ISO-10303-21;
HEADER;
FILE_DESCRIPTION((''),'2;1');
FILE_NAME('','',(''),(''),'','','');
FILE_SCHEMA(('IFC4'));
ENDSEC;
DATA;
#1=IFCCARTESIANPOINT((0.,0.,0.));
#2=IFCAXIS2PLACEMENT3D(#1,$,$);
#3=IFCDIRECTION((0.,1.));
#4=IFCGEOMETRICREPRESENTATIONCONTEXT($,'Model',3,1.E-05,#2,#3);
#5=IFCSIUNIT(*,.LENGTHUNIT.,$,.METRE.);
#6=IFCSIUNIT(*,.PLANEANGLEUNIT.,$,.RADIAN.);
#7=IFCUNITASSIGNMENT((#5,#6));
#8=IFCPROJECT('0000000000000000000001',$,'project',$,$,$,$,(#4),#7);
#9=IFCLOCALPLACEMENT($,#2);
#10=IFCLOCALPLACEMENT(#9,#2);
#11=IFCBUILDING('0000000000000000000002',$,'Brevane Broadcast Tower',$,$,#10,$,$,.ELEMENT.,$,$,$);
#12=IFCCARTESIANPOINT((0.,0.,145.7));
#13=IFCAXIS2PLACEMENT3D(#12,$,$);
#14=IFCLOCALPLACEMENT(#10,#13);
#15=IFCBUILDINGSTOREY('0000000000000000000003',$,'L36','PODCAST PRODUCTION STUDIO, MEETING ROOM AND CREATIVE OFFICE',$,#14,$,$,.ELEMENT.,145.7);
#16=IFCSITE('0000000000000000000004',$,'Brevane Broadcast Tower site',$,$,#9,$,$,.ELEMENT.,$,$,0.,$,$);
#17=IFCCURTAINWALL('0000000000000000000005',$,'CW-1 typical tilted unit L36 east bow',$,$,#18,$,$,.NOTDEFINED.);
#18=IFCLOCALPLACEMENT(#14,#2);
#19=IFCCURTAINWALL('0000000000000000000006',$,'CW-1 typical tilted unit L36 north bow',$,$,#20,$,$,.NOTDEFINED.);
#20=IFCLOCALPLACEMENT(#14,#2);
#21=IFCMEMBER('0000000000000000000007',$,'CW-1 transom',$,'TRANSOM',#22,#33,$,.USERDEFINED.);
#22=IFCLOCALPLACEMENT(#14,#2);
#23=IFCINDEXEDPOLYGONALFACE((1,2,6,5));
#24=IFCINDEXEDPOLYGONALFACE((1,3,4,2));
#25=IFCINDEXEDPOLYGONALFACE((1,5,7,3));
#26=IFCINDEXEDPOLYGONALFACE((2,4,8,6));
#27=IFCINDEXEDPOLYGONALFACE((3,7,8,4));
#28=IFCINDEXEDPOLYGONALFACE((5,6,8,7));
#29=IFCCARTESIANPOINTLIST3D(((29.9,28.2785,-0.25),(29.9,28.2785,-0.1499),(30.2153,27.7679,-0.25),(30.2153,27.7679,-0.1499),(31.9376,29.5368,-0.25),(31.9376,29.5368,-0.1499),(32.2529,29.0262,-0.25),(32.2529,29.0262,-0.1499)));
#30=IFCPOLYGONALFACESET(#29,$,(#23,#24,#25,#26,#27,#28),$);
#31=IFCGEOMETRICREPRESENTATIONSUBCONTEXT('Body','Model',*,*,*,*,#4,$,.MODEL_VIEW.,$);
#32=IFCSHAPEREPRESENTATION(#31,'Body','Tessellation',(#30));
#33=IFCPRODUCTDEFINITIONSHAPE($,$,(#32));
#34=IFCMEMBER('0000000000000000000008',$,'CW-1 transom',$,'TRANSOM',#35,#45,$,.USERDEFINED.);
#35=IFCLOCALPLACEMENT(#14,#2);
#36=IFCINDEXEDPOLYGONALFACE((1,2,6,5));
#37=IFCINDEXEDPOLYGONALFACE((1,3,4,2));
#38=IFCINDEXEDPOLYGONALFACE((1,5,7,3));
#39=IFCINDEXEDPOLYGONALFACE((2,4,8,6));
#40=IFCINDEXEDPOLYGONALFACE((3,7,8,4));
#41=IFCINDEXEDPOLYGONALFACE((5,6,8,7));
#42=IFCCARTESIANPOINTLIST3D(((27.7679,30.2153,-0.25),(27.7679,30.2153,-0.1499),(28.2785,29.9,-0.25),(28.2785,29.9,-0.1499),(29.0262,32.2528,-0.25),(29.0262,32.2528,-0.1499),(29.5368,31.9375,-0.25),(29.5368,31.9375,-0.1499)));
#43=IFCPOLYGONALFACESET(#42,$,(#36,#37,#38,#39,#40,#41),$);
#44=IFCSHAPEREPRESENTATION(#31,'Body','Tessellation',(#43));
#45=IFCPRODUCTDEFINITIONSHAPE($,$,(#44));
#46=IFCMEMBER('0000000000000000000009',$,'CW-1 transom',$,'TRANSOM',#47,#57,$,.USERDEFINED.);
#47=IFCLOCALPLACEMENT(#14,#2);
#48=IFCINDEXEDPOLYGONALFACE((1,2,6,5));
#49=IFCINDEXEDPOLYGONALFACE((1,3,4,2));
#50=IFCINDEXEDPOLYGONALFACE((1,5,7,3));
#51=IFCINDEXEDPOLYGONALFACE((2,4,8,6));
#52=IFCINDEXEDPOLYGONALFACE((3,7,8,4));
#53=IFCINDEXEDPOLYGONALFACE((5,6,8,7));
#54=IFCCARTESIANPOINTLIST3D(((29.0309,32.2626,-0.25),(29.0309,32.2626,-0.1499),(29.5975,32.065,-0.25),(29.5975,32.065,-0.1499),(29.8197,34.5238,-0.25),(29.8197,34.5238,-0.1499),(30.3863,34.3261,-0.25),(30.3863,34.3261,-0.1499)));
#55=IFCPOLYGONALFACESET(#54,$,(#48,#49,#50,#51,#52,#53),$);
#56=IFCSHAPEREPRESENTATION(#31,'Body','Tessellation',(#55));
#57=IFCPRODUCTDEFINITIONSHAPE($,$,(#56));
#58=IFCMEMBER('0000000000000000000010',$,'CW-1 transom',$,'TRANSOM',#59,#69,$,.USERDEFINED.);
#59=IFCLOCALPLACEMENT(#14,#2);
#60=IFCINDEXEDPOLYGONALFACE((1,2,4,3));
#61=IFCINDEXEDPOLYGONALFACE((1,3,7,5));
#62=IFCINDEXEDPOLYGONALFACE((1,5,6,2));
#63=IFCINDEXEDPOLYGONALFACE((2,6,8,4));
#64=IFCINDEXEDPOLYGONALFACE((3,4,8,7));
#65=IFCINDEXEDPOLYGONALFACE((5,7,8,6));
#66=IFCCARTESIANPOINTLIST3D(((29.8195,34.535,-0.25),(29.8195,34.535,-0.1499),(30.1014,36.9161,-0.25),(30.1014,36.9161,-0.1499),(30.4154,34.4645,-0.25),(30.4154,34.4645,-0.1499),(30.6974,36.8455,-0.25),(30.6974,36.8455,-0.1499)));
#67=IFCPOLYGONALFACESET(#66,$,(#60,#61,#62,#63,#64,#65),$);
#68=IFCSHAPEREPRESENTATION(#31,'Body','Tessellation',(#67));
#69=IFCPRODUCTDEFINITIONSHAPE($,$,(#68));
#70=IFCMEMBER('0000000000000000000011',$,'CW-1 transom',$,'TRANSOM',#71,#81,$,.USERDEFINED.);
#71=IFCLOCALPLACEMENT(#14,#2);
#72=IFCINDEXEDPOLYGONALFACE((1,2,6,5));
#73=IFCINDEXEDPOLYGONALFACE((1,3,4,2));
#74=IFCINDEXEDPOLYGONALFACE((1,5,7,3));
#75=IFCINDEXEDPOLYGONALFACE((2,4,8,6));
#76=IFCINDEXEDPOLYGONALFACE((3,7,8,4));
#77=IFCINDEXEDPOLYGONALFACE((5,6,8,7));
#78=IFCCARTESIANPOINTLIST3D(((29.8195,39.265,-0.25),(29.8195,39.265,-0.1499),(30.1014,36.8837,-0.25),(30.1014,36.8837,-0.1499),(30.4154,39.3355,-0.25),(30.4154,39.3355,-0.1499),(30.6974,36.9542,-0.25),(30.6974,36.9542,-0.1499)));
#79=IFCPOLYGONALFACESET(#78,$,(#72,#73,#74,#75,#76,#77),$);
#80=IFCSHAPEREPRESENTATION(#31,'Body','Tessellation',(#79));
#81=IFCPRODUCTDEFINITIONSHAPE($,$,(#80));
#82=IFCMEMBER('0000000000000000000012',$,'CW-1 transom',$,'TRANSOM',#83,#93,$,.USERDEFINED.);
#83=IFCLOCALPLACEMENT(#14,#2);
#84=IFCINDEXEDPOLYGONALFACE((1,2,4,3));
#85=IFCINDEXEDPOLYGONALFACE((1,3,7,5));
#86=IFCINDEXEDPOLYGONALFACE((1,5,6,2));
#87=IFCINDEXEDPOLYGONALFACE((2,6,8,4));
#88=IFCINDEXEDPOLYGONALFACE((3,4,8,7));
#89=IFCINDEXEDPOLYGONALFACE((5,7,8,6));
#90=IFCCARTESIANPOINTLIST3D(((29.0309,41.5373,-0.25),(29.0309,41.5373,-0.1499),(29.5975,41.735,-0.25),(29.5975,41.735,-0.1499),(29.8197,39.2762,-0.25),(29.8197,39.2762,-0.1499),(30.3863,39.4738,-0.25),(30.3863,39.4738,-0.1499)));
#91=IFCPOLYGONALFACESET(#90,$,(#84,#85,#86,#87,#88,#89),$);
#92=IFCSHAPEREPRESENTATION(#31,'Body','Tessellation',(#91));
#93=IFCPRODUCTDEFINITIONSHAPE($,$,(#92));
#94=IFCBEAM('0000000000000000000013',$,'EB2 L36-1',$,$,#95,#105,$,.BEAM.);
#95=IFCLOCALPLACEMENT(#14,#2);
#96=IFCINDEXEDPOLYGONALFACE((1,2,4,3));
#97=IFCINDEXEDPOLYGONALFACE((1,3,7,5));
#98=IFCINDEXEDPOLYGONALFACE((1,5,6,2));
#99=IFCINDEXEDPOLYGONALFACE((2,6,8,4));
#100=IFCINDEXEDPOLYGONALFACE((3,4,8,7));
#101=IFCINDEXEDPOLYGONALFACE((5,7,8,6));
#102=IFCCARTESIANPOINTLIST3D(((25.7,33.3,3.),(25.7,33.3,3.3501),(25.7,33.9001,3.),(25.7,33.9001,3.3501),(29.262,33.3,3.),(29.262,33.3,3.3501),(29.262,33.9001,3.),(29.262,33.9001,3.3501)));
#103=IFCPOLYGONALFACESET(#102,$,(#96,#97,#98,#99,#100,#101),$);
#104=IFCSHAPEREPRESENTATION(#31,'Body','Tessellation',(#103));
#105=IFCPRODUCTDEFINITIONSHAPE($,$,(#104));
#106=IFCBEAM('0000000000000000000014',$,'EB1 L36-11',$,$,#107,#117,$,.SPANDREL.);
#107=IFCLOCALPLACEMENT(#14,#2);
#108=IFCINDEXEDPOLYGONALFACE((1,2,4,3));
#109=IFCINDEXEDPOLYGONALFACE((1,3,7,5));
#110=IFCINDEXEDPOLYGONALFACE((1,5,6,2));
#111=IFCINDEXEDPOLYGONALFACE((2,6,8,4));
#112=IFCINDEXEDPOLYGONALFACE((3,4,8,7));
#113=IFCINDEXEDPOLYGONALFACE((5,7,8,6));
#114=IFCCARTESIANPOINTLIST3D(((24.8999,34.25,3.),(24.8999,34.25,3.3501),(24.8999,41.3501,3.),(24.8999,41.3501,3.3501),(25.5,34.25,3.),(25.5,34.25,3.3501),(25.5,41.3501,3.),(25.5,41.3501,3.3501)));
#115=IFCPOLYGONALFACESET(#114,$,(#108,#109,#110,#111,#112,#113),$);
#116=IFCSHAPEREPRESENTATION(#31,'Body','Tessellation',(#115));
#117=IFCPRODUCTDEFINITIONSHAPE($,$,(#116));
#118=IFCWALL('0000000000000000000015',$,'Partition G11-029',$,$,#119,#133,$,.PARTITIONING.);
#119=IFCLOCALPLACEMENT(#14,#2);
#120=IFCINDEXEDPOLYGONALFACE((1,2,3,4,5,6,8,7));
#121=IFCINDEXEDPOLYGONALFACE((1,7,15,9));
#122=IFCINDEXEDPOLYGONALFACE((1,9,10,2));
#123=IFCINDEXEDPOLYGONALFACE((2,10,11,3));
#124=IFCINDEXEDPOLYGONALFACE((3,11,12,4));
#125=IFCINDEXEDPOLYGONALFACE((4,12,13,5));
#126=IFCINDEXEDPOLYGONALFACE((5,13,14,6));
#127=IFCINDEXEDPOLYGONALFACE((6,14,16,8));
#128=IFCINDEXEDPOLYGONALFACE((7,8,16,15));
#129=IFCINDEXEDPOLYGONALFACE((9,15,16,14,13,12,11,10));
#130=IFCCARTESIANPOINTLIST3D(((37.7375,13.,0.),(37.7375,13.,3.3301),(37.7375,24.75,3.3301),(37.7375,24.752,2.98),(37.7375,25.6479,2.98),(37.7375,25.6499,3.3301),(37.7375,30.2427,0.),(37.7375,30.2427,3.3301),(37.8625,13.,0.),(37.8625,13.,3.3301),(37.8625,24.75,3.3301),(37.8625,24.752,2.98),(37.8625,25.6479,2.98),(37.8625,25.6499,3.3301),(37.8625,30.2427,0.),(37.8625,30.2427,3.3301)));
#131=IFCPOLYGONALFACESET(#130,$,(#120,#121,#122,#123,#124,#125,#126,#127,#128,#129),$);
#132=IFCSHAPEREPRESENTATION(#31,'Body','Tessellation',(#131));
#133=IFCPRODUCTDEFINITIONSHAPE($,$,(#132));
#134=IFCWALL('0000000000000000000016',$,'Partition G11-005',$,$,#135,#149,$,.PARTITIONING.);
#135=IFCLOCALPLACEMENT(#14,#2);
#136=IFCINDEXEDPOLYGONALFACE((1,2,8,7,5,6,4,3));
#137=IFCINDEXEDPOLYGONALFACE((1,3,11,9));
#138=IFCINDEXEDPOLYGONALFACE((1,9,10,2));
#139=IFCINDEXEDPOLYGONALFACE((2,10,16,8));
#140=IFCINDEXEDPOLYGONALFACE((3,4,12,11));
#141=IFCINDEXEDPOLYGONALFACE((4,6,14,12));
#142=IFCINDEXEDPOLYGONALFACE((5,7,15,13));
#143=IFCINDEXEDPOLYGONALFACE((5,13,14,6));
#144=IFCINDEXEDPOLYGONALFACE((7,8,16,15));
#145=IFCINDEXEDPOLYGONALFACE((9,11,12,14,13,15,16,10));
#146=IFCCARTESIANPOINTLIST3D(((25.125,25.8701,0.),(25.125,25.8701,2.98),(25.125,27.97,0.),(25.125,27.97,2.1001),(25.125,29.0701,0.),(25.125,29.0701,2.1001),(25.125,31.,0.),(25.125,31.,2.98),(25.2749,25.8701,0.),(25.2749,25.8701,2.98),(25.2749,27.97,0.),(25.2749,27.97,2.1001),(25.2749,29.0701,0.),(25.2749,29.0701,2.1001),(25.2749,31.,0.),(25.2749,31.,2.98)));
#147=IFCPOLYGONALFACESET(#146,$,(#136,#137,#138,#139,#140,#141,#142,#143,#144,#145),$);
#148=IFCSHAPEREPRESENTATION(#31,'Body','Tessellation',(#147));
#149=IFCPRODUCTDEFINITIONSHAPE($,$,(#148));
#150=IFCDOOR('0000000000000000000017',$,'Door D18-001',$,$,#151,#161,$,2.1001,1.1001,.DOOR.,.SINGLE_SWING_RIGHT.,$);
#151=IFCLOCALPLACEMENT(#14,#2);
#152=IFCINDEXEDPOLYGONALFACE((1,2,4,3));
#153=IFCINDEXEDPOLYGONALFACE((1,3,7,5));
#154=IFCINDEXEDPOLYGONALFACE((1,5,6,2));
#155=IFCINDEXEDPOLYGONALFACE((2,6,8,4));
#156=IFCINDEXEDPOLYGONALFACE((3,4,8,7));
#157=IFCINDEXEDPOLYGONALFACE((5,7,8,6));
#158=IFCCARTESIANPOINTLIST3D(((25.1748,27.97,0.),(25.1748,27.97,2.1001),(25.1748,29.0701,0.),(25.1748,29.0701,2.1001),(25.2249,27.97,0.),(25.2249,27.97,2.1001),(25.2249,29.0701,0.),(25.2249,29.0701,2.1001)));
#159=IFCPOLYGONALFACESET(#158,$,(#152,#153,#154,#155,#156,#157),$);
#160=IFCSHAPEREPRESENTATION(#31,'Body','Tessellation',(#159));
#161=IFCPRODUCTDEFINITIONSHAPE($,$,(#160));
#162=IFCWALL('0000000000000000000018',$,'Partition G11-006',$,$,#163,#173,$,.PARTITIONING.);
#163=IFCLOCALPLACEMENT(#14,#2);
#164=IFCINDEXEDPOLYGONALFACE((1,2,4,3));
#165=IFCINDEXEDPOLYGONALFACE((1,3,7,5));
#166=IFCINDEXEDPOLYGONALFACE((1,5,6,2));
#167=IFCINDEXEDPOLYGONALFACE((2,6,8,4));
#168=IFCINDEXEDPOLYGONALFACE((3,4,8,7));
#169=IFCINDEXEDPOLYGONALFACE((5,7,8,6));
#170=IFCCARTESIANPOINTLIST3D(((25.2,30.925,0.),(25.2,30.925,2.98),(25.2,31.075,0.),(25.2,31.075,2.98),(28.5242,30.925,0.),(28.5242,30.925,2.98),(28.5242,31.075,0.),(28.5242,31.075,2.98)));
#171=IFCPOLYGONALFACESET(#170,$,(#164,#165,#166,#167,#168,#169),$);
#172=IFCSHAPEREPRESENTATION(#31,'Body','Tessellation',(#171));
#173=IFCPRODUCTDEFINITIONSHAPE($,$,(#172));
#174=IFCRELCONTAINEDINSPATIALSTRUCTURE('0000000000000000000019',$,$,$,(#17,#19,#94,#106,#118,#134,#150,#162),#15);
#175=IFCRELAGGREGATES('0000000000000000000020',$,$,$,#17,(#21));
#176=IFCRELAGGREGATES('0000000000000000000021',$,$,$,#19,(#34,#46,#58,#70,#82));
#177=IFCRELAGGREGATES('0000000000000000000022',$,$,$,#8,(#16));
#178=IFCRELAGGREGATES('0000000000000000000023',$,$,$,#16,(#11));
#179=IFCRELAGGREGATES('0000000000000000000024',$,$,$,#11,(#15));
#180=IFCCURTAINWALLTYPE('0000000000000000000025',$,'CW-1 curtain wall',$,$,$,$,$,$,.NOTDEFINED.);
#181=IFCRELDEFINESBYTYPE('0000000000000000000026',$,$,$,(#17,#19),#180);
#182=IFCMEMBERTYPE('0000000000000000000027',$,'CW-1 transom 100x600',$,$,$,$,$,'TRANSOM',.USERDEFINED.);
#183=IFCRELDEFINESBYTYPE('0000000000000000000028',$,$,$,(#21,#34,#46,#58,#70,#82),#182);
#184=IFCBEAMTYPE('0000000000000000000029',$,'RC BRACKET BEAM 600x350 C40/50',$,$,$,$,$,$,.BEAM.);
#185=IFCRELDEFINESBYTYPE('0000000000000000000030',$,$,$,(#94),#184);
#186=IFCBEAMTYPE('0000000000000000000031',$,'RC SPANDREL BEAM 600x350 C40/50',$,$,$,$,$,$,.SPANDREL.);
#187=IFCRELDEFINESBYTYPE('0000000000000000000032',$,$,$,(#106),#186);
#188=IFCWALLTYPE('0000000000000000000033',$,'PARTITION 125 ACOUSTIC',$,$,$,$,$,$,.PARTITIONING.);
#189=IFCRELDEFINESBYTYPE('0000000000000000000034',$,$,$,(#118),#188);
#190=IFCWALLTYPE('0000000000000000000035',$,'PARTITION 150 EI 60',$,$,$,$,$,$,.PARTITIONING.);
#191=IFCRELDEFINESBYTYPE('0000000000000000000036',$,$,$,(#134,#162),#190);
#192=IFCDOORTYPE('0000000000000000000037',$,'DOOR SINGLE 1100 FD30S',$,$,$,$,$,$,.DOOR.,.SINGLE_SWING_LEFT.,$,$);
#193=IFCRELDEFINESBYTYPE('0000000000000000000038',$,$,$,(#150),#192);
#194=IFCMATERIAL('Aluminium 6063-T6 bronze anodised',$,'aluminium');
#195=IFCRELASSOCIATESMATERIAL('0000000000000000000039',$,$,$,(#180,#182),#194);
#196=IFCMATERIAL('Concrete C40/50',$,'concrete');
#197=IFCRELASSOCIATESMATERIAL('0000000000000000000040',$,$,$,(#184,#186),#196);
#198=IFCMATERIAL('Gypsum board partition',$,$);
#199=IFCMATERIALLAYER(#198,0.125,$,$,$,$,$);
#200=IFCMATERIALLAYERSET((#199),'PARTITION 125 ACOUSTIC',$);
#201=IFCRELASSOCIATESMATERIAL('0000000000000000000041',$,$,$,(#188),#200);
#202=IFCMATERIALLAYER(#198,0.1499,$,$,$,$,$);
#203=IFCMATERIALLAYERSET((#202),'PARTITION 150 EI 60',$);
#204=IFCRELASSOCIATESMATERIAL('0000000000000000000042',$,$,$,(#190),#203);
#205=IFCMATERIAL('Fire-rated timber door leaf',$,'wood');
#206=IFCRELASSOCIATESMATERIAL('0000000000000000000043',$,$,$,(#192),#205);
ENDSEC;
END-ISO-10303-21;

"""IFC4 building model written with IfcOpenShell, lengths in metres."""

from ifc_helpers import new_model, si_unit, direction, frame, frame_2d, origin, origin_2d, place, context, subcontext, project, spatial, polyline, rectangle, outline, extrude, material, layer, layer_set, material_profile, profile_set, type_object, element, fill, aggregate, save


model = new_model("IFC4")

# Units and contexts
model_context = context("Model", 3, precision=1e-05, world=origin(), true_north=direction((0.0, 1.0)))
body_context = subcontext(model_context, "Body", "Model", "MODEL_VIEW")
ifc_project = project(units=[si_unit("LENGTHUNIT", "METRE"), si_unit("PLANEANGLEUNIT", "RADIAN")], contexts=[model_context])

# Site, building, storey
site_placement = place(None, origin())
site = spatial("IfcSite", under=ifc_project, at=site_placement, Name="Brevane Broadcast Tower site", CompositionType="ELEMENT", RefElevation=0.0)
building_placement = place(site_placement, origin())
building = spatial("IfcBuilding", under=site, at=building_placement, Name="Brevane Broadcast Tower", CompositionType="ELEMENT")
storey_placement = place(building_placement, frame((0.0, 0.0, 145.7)))
storey = spatial("IfcBuildingStorey", under=building, at=storey_placement, Name="L36", Description="PODCAST PRODUCTION STUDIO, MEETING ROOM AND CREATIVE OFFICE", CompositionType="ELEMENT", Elevation=145.7)

# Curtain walls
ifc_material_1 = material(Name="Aluminium 6063-T6 bronze anodised", Category="aluminium")
curtain_wall_type = type_object("IfcCurtainWallType", Name="CW-1 curtain wall", PredefinedType="NOTDEFINED", material=ifc_material_1)
curtain_wall_1_placement = place(storey_placement, origin())
curtain_wall_1 = element("IfcCurtainWall", 1, at=curtain_wall_1_placement, inside=storey, type_object=curtain_wall_type, Name="CW-1 typical tilted unit L36 east bow", PredefinedType="NOTDEFINED")
curtain_wall_2_placement = place(storey_placement, origin())
curtain_wall_2 = element("IfcCurtainWall", 2, at=curtain_wall_2_placement, inside=storey, type_object=curtain_wall_type, Name="CW-1 typical tilted unit L36 north bow", PredefinedType="NOTDEFINED")

# Members
ifc_material_profile_1 = material_profile(ifc_material_1, rectangle(XDim=0.6001, YDim=0.1001, at=origin_2d()), Name="RECT 100x600")
ifc_profile_set_1 = profile_set([ifc_material_profile_1], Name="Aluminium 6063-T6 bronze anodised")
member_type_1 = type_object("IfcMemberType", Name="CW-1 transom 100x600", ElementType="TRANSOM", PredefinedType="USERDEFINED", material=ifc_profile_set_1)
member_1_placement = place(storey_placement, frame((32.0952, 29.2815, -0.2), z_axis=(-0.850838, -0.525428, 0.0), x_axis=(0.525428, -0.850838, 0.0)))
member_1 = element("IfcMember", 3, at=member_1_placement, type_object=member_type_1, Name="CW-1 transom", ObjectType="TRANSOM", PredefinedType="USERDEFINED", context=body_context, shape_type="SweptSolid", body=[
    extrude(rectangle(XDim=0.6001, YDim=0.1001, at=origin_2d()), origin(), (0.0, 0.0, 1.0), 2.3948),
])
aggregate(curtain_wall_1, [member_1])
member_2_placement = place(storey_placement, frame((28.0232, 30.0576, -0.2), z_axis=(0.525428, 0.850838, 0.0), x_axis=(-0.850838, 0.525428, 0.0)))
member_2 = element("IfcMember", 4, at=member_2_placement, type_object=member_type_1, Name="CW-1 transom", ObjectType="TRANSOM", PredefinedType="USERDEFINED", context=body_context, shape_type="SweptSolid", body=[
    extrude(rectangle(XDim=0.6001, YDim=0.1001, at=origin_2d()), origin(), (0.0, 0.0, 1.0), 2.3948),
])
member_3_placement = place(storey_placement, frame((29.3142, 32.1638, -0.2), z_axis=(0.329378, 0.944198, 0.0), x_axis=(-0.944198, 0.329378, 0.0)))
member_3 = element("IfcMember", 5, at=member_3_placement, type_object=member_type_1, Name="CW-1 transom", ObjectType="TRANSOM", PredefinedType="USERDEFINED", context=body_context, shape_type="SweptSolid", body=[
    extrude(rectangle(XDim=0.6001, YDim=0.1001, at=origin_2d()), origin(), (0.0, 0.0, 1.0), 2.3948),
])
member_4_placement = place(storey_placement, frame((30.1174, 34.4998, -0.2), z_axis=(0.117603, 0.993061, 0.0), x_axis=(-0.993061, 0.117603, 0.0)))
member_4 = element("IfcMember", 6, at=member_4_placement, type_object=member_type_1, Name="CW-1 transom", ObjectType="TRANSOM", PredefinedType="USERDEFINED", context=body_context, shape_type="SweptSolid", body=[
    extrude(rectangle(XDim=0.6001, YDim=0.1001, at=origin_2d()), origin(), (0.0, 0.0, 1.0), 2.3977),
])
member_5_placement = place(storey_placement, frame((30.3994, 36.9189, -0.2), z_axis=(-0.117591, 0.993062, 0.0), x_axis=(-0.993062, -0.117591, 0.0)))
member_5 = element("IfcMember", 7, at=member_5_placement, type_object=member_type_1, Name="CW-1 transom", ObjectType="TRANSOM", PredefinedType="USERDEFINED", context=body_context, shape_type="SweptSolid", body=[
    extrude(rectangle(XDim=0.6001, YDim=0.1001, at=origin_2d()), origin(), (0.0, 0.0, 1.0), 2.3979),
])
member_6_placement = place(storey_placement, frame((30.103, 39.375, -0.2), z_axis=(-0.329378, 0.944198, 0.0), x_axis=(-0.944198, -0.329378, 0.0)))
member_6 = element("IfcMember", 8, at=member_6_placement, type_object=member_type_1, Name="CW-1 transom", ObjectType="TRANSOM", PredefinedType="USERDEFINED", context=body_context, shape_type="SweptSolid", body=[
    extrude(rectangle(XDim=0.6001, YDim=0.1001, at=origin_2d()), origin(), (0.0, 0.0, 1.0), 2.3948),
])
aggregate(curtain_wall_2, [member_2, member_3, member_4, member_5, member_6])

# Beams
ifc_material_2 = material(Name="Concrete C40/50", Category="concrete")
ifc_material_profile_2 = material_profile(ifc_material_2, rectangle(XDim=0.6001, YDim=0.3501, at=origin_2d()), Name="RC 600x350")
ifc_profile_set_2 = profile_set([ifc_material_profile_2], Name="Concrete C40/50")
beam_type_1 = type_object("IfcBeamType", Name="RC BRACKET BEAM 600x350 C40/50", PredefinedType="BEAM", material=ifc_profile_set_2)
beam_1_placement = place(storey_placement, frame((25.7, 33.6001, 3.175), z_axis=(1.0, 0.0, 0.0), x_axis=(0.0, 1.0, 0.0)))
element("IfcBeam", 9, at=beam_1_placement, inside=storey, type_object=beam_type_1, Name="EB2 L36-1", PredefinedType="BEAM", context=body_context, shape_type="SweptSolid", body=[
    extrude(rectangle(XDim=0.6001, YDim=0.3501, at=origin_2d()), origin(), (0.0, 0.0, 1.0), 3.562),
])
ifc_material_profile_3 = material_profile(ifc_material_2, rectangle(XDim=0.6001, YDim=0.3501, at=origin_2d()), Name="RC 600x350")
ifc_profile_set_3 = profile_set([ifc_material_profile_3], Name="Concrete C40/50")
beam_type_2 = type_object("IfcBeamType", Name="RC SPANDREL BEAM 600x350 C40/50", PredefinedType="SPANDREL", material=ifc_profile_set_3)
beam_2_placement = place(storey_placement, frame((25.2, 34.25, 3.175), z_axis=(0.0, 1.0, 0.0), x_axis=(-1.0, 0.0, 0.0)))
element("IfcBeam", 10, at=beam_2_placement, inside=storey, type_object=beam_type_2, Name="EB1 L36-11", PredefinedType="SPANDREL", context=body_context, shape_type="SweptSolid", body=[
    extrude(rectangle(XDim=0.6001, YDim=0.3501, at=origin_2d()), origin(), (0.0, 0.0, 1.0), 7.1001),
])

# Wall
ifc_material_3 = material(Name="Gypsum board partition")
ifc_layer_1 = layer(ifc_material_3, 0.125)
ifc_layer_set_1 = layer_set([ifc_layer_1], Name="PARTITION 125 ACOUSTIC")
wall_type_1 = type_object("IfcWallType", Name="PARTITION 125 ACOUSTIC", PredefinedType="PARTITIONING", material=ifc_layer_set_1)
wall_1_placement = place(storey_placement, frame((37.8, 30.2427, 0.0), z_axis=(0.0, 0.0, 1.0), x_axis=(0.0, -1.0, 0.0)))
element("IfcWall", 11, at=wall_1_placement, inside=storey, type_object=wall_type_1, Name="Partition G11-029", PredefinedType="PARTITIONING", context=body_context, shape_type="SweptSolid", body=[
    extrude(outline(polyline([(0.0, 0.0), (17.2427, 0.0), (17.2427, 3.3301), (5.4927, 3.3301), (5.4907, 2.98), (4.5947, 2.98), (4.5928, 3.3301), (0.0, 3.3301), (0.0, 0.0)])), frame((0.0, 0.0625, 0.0), z_axis=(0.0, -1.0, 0.0), x_axis=(1.0, 0.0, 0.0)), (0.0, 0.0, 1.0), 0.125),
])

# Wall, opening, door
ifc_layer_2 = layer(ifc_material_3, 0.1499)
ifc_layer_set_2 = layer_set([ifc_layer_2], Name="PARTITION 150 EI 60")
wall_type_2 = type_object("IfcWallType", Name="PARTITION 150 EI 60", PredefinedType="PARTITIONING", material=ifc_layer_set_2)
wall_2_placement = place(storey_placement, frame((25.2, 31.0, 0.0), z_axis=(0.0, 0.0, 1.0), x_axis=(0.0, -1.0, 0.0)))
wall_2 = element("IfcWall", 12, at=wall_2_placement, inside=storey, type_object=wall_type_2, Name="Partition G11-005", PredefinedType="PARTITIONING", context=body_context, shape_type="SweptSolid", body=[
    extrude(outline(polyline([(0.0, 0.0), (5.1299, 0.0), (5.1299, 2.98), (0.0, 2.98), (0.0, 0.0)])), frame((0.0, 0.075, 0.0), z_axis=(0.0, -1.0, 0.0), x_axis=(1.0, 0.0, 0.0)), (0.0, 0.0, 1.0), 0.1499),
])
opening_placement = place(wall_2_placement, frame((1.9299, 0.0, 0.0)))
opening = element("IfcOpeningElement", 13, at=opening_placement, cuts=wall_2, PredefinedType="OPENING", context=body_context, shape_type="SweptSolid", body=[
    extrude(rectangle(XDim=1.1001, YDim=2.1001, at=frame_2d((0.55, 1.05))), frame((0.0, 0.085, 0.0), z_axis=(0.0, -1.0, 0.0), x_axis=(1.0, 0.0, 0.0)), (0.0, 0.0, 1.0), 0.1699),
])
ifc_material_4 = material(Name="Fire-rated timber door leaf", Category="wood")
door_type = type_object("IfcDoorType", Name="DOOR SINGLE 1100 FD30S", OperationType="SINGLE_SWING_LEFT", PredefinedType="DOOR", material=ifc_material_4)
door_placement = place(opening_placement, origin())
door = element("IfcDoor", 14, at=door_placement, inside=storey, type_object=door_type, Name="Door D18-001", OperationType="SINGLE_SWING_RIGHT", OverallHeight=2.1001, OverallWidth=1.1001, PredefinedType="DOOR", context=body_context, shape_type="SweptSolid", body=[
    extrude(rectangle(XDim=1.1001, YDim=2.1001, at=frame_2d((0.55, 1.05))), frame((0.0, 0.0249, 0.0), z_axis=(0.0, -1.0, 0.0), x_axis=(1.0, 0.0, 0.0)), (0.0, 0.0, 1.0), 0.05),
])
fill(opening, door)

# Wall
wall_3_placement = place(storey_placement, frame((25.2, 31.0, 0.0), z_axis=(0.0, 0.0, 1.0), x_axis=(1.0, 0.0, 0.0)))
element("IfcWall", 15, at=wall_3_placement, inside=storey, type_object=wall_type_2, Name="Partition G11-006", PredefinedType="PARTITIONING", context=body_context, shape_type="SweptSolid", body=[
    extrude(rectangle(XDim=3.3242, YDim=0.1499, at=frame_2d((1.6621, 0.0))), origin(), (0.0, 0.0, 1.0), 2.98),
])

save(model, "model.ifc")
